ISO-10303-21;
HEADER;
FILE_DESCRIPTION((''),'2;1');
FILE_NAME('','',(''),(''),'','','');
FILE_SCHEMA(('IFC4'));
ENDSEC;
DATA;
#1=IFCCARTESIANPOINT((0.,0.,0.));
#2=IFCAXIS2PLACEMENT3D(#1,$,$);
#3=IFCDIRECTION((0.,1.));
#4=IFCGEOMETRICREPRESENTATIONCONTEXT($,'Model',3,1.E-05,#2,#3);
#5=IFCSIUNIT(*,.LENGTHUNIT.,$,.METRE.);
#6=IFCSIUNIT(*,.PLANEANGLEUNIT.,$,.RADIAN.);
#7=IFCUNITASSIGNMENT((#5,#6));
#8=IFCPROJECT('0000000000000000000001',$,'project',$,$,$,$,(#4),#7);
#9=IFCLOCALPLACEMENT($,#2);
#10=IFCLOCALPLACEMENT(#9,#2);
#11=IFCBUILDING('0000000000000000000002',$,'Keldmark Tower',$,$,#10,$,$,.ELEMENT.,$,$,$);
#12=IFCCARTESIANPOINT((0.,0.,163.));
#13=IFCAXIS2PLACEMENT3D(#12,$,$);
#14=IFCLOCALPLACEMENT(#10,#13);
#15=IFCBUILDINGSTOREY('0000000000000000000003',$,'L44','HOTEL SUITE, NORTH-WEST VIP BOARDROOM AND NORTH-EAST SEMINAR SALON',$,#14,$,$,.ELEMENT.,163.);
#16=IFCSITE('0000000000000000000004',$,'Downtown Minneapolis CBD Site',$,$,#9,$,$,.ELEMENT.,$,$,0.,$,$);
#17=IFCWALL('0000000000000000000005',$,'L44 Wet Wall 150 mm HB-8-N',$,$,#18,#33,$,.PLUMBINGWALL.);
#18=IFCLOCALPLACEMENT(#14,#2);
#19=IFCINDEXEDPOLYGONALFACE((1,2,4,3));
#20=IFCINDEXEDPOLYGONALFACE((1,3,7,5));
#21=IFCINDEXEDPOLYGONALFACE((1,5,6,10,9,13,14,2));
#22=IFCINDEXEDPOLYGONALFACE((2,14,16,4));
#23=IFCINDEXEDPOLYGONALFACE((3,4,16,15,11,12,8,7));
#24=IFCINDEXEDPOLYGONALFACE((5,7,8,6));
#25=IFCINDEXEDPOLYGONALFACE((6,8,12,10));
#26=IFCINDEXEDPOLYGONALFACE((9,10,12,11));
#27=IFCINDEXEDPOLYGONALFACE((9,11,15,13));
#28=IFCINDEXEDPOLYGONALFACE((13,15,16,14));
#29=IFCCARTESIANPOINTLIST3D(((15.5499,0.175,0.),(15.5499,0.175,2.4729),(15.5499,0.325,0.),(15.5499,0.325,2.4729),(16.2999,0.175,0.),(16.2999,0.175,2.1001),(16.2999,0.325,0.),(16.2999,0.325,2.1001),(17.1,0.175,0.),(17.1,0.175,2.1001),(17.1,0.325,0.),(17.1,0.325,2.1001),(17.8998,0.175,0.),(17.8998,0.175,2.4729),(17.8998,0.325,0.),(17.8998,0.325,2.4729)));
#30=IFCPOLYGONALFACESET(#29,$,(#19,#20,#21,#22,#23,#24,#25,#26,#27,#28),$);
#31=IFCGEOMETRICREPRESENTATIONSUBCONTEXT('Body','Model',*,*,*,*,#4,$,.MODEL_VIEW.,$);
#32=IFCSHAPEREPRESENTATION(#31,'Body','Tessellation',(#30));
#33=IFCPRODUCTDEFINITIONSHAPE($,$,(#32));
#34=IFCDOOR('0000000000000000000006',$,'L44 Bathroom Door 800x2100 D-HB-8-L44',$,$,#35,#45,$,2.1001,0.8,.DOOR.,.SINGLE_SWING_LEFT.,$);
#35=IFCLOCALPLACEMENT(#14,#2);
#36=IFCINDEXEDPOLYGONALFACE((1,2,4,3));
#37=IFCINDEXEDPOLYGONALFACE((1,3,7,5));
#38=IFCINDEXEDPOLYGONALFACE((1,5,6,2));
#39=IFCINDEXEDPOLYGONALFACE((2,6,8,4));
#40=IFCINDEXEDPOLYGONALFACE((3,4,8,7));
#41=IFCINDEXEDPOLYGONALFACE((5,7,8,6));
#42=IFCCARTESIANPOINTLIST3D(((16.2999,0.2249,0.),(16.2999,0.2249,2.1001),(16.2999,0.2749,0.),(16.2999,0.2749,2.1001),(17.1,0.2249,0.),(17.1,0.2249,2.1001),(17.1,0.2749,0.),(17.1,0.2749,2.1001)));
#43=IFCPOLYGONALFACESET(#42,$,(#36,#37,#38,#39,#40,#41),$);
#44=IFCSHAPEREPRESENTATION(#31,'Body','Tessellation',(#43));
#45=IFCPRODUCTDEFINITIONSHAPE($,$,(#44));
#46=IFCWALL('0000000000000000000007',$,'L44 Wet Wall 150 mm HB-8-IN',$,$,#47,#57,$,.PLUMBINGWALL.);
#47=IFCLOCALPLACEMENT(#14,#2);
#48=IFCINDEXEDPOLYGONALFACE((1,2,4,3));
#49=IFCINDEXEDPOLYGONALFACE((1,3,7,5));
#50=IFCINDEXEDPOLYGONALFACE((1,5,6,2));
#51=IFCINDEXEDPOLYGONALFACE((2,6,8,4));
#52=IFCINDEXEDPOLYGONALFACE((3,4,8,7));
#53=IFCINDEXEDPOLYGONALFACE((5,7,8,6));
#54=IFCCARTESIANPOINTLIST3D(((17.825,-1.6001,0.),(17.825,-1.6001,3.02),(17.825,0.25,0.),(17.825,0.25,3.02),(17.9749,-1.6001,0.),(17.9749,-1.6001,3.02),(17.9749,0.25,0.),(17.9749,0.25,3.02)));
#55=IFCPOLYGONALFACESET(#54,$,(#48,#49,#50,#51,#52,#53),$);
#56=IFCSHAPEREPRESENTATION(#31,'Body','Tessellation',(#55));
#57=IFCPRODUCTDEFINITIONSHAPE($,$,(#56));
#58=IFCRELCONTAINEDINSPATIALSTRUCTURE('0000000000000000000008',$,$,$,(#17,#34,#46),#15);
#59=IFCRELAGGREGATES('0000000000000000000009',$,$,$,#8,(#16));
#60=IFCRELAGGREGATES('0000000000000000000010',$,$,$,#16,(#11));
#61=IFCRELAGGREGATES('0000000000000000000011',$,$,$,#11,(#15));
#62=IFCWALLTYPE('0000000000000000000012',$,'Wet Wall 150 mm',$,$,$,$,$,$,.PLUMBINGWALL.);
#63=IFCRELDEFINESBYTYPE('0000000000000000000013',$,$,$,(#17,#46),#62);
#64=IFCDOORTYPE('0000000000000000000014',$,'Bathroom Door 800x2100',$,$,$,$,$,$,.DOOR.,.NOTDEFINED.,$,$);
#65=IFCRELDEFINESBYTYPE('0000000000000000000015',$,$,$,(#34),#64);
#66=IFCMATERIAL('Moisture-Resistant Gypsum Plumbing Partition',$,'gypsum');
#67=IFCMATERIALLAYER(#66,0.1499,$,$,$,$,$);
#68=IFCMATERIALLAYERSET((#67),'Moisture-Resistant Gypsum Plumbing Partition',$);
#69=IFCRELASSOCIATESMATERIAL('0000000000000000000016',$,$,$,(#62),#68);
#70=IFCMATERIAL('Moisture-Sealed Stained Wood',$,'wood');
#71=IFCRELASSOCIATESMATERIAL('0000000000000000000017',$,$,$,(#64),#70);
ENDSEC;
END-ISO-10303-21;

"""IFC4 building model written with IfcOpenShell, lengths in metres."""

from ifc_helpers import new_model, si_unit, direction, frame, frame_2d, origin, place, context, subcontext, project, spatial, rectangle, extrude, material, layer, layer_set, type_object, element, fill, save


model = new_model("IFC4")

# Units and contexts
model_context = context("Model", 3, precision=1e-05, world=origin(), true_north=direction((0.0, 1.0)))
body_context = subcontext(model_context, "Body", "Model", "MODEL_VIEW")
ifc_project = project(units=[si_unit("LENGTHUNIT", "METRE"), si_unit("PLANEANGLEUNIT", "RADIAN")], contexts=[model_context])

# Site, building, storey
site_placement = place(None, origin())
site = spatial("IfcSite", under=ifc_project, at=site_placement, Name="Downtown Minneapolis CBD Site", CompositionType="ELEMENT", RefElevation=0.0)
building_placement = place(site_placement, origin())
building = spatial("IfcBuilding", under=site, at=building_placement, Name="Keldmark Tower", CompositionType="ELEMENT")
storey_placement = place(building_placement, frame((0.0, 0.0, 163.0)))
storey = spatial("IfcBuildingStorey", under=building, at=storey_placement, Name="L44", Description="HOTEL SUITE, NORTH-WEST VIP BOARDROOM AND NORTH-EAST SEMINAR SALON", CompositionType="ELEMENT", Elevation=163.0)

# Shared definitions
ifc_material_1 = material(Name="Moisture-Resistant Gypsum Plumbing Partition", Category="gypsum")
ifc_layer_1 = layer(ifc_material_1, 0.1499)
ifc_layer_set_1 = layer_set([ifc_layer_1], Name="Moisture-Resistant Gypsum Plumbing Partition")
wall_type_1 = type_object("IfcWallType", Name="Wet Wall 150 mm", PredefinedType="PLUMBINGWALL", material=ifc_layer_set_1)

# Wall, opening, door
wall_1_placement = place(storey_placement, frame((15.55, 0.25, 0.0), z_axis=(0.0, 0.0, 1.0), x_axis=(1.0, 0.0, 0.0)))
wall_1 = element("IfcWall", 1, at=wall_1_placement, inside=storey, type_object=wall_type_1, Name="L44 Wet Wall 150 mm HB-8-N", PredefinedType="PLUMBINGWALL", context=body_context, shape_type="SweptSolid", body=[
    extrude(rectangle(XDim=2.3499, YDim=0.1499, at=frame_2d((1.1748, 0.0))), origin(), (0.0, 0.0, 1.0), 2.4729),
])
opening_1_placement = place(wall_1_placement, frame((0.75, 0.0, 0.0)))
opening_1 = element("IfcOpeningElement", 2, at=opening_1_placement, cuts=wall_1, PredefinedType="OPENING", context=body_context, shape_type="SweptSolid", body=[
    extrude(rectangle(XDim=0.8, YDim=2.1001, at=frame_2d((0.3999, 1.05))), frame((0.0, 0.085, 0.0), z_axis=(0.0, -1.0, 0.0), x_axis=(1.0, 0.0, 0.0)), (0.0, 0.0, 1.0), 0.1699),
])
ifc_material_2 = material(Name="Moisture-Sealed Stained Wood", Category="wood")
door_type_1 = type_object("IfcDoorType", Name="Bathroom Door 800x2100", OperationType="NOTDEFINED", PredefinedType="DOOR", material=ifc_material_2)
door_1_placement = place(opening_1_placement, origin())
door_1 = element("IfcDoor", 3, at=door_1_placement, inside=storey, type_object=door_type_1, Name="L44 Bathroom Door 800x2100 D-HB-8-L44", OperationType="SINGLE_SWING_LEFT", OverallHeight=2.1001, OverallWidth=0.8, PredefinedType="DOOR", context=body_context, shape_type="SweptSolid", body=[
    extrude(rectangle(XDim=0.8, YDim=2.1001, at=frame_2d((0.3999, 1.05))), frame((0.0, 0.0249, 0.0), z_axis=(0.0, -1.0, 0.0), x_axis=(1.0, 0.0, 0.0)), (0.0, 0.0, 1.0), 0.05),
])
fill(opening_1, door_1)

# Wall
wall_2_placement = place(storey_placement, frame((17.8999, -1.6001, 0.0), z_axis=(0.0, 0.0, 1.0), x_axis=(0.0, 1.0, 0.0)))
element("IfcWall", 4, at=wall_2_placement, inside=storey, type_object=wall_type_1, Name="L44 Wet Wall 150 mm HB-8-IN", PredefinedType="PLUMBINGWALL", context=body_context, shape_type="SweptSolid", body=[
    extrude(rectangle(XDim=1.8501, YDim=0.1499, at=frame_2d((0.925, 0.0))), origin(), (0.0, 0.0, 1.0), 3.02),
])

save(model, "model.ifc")
